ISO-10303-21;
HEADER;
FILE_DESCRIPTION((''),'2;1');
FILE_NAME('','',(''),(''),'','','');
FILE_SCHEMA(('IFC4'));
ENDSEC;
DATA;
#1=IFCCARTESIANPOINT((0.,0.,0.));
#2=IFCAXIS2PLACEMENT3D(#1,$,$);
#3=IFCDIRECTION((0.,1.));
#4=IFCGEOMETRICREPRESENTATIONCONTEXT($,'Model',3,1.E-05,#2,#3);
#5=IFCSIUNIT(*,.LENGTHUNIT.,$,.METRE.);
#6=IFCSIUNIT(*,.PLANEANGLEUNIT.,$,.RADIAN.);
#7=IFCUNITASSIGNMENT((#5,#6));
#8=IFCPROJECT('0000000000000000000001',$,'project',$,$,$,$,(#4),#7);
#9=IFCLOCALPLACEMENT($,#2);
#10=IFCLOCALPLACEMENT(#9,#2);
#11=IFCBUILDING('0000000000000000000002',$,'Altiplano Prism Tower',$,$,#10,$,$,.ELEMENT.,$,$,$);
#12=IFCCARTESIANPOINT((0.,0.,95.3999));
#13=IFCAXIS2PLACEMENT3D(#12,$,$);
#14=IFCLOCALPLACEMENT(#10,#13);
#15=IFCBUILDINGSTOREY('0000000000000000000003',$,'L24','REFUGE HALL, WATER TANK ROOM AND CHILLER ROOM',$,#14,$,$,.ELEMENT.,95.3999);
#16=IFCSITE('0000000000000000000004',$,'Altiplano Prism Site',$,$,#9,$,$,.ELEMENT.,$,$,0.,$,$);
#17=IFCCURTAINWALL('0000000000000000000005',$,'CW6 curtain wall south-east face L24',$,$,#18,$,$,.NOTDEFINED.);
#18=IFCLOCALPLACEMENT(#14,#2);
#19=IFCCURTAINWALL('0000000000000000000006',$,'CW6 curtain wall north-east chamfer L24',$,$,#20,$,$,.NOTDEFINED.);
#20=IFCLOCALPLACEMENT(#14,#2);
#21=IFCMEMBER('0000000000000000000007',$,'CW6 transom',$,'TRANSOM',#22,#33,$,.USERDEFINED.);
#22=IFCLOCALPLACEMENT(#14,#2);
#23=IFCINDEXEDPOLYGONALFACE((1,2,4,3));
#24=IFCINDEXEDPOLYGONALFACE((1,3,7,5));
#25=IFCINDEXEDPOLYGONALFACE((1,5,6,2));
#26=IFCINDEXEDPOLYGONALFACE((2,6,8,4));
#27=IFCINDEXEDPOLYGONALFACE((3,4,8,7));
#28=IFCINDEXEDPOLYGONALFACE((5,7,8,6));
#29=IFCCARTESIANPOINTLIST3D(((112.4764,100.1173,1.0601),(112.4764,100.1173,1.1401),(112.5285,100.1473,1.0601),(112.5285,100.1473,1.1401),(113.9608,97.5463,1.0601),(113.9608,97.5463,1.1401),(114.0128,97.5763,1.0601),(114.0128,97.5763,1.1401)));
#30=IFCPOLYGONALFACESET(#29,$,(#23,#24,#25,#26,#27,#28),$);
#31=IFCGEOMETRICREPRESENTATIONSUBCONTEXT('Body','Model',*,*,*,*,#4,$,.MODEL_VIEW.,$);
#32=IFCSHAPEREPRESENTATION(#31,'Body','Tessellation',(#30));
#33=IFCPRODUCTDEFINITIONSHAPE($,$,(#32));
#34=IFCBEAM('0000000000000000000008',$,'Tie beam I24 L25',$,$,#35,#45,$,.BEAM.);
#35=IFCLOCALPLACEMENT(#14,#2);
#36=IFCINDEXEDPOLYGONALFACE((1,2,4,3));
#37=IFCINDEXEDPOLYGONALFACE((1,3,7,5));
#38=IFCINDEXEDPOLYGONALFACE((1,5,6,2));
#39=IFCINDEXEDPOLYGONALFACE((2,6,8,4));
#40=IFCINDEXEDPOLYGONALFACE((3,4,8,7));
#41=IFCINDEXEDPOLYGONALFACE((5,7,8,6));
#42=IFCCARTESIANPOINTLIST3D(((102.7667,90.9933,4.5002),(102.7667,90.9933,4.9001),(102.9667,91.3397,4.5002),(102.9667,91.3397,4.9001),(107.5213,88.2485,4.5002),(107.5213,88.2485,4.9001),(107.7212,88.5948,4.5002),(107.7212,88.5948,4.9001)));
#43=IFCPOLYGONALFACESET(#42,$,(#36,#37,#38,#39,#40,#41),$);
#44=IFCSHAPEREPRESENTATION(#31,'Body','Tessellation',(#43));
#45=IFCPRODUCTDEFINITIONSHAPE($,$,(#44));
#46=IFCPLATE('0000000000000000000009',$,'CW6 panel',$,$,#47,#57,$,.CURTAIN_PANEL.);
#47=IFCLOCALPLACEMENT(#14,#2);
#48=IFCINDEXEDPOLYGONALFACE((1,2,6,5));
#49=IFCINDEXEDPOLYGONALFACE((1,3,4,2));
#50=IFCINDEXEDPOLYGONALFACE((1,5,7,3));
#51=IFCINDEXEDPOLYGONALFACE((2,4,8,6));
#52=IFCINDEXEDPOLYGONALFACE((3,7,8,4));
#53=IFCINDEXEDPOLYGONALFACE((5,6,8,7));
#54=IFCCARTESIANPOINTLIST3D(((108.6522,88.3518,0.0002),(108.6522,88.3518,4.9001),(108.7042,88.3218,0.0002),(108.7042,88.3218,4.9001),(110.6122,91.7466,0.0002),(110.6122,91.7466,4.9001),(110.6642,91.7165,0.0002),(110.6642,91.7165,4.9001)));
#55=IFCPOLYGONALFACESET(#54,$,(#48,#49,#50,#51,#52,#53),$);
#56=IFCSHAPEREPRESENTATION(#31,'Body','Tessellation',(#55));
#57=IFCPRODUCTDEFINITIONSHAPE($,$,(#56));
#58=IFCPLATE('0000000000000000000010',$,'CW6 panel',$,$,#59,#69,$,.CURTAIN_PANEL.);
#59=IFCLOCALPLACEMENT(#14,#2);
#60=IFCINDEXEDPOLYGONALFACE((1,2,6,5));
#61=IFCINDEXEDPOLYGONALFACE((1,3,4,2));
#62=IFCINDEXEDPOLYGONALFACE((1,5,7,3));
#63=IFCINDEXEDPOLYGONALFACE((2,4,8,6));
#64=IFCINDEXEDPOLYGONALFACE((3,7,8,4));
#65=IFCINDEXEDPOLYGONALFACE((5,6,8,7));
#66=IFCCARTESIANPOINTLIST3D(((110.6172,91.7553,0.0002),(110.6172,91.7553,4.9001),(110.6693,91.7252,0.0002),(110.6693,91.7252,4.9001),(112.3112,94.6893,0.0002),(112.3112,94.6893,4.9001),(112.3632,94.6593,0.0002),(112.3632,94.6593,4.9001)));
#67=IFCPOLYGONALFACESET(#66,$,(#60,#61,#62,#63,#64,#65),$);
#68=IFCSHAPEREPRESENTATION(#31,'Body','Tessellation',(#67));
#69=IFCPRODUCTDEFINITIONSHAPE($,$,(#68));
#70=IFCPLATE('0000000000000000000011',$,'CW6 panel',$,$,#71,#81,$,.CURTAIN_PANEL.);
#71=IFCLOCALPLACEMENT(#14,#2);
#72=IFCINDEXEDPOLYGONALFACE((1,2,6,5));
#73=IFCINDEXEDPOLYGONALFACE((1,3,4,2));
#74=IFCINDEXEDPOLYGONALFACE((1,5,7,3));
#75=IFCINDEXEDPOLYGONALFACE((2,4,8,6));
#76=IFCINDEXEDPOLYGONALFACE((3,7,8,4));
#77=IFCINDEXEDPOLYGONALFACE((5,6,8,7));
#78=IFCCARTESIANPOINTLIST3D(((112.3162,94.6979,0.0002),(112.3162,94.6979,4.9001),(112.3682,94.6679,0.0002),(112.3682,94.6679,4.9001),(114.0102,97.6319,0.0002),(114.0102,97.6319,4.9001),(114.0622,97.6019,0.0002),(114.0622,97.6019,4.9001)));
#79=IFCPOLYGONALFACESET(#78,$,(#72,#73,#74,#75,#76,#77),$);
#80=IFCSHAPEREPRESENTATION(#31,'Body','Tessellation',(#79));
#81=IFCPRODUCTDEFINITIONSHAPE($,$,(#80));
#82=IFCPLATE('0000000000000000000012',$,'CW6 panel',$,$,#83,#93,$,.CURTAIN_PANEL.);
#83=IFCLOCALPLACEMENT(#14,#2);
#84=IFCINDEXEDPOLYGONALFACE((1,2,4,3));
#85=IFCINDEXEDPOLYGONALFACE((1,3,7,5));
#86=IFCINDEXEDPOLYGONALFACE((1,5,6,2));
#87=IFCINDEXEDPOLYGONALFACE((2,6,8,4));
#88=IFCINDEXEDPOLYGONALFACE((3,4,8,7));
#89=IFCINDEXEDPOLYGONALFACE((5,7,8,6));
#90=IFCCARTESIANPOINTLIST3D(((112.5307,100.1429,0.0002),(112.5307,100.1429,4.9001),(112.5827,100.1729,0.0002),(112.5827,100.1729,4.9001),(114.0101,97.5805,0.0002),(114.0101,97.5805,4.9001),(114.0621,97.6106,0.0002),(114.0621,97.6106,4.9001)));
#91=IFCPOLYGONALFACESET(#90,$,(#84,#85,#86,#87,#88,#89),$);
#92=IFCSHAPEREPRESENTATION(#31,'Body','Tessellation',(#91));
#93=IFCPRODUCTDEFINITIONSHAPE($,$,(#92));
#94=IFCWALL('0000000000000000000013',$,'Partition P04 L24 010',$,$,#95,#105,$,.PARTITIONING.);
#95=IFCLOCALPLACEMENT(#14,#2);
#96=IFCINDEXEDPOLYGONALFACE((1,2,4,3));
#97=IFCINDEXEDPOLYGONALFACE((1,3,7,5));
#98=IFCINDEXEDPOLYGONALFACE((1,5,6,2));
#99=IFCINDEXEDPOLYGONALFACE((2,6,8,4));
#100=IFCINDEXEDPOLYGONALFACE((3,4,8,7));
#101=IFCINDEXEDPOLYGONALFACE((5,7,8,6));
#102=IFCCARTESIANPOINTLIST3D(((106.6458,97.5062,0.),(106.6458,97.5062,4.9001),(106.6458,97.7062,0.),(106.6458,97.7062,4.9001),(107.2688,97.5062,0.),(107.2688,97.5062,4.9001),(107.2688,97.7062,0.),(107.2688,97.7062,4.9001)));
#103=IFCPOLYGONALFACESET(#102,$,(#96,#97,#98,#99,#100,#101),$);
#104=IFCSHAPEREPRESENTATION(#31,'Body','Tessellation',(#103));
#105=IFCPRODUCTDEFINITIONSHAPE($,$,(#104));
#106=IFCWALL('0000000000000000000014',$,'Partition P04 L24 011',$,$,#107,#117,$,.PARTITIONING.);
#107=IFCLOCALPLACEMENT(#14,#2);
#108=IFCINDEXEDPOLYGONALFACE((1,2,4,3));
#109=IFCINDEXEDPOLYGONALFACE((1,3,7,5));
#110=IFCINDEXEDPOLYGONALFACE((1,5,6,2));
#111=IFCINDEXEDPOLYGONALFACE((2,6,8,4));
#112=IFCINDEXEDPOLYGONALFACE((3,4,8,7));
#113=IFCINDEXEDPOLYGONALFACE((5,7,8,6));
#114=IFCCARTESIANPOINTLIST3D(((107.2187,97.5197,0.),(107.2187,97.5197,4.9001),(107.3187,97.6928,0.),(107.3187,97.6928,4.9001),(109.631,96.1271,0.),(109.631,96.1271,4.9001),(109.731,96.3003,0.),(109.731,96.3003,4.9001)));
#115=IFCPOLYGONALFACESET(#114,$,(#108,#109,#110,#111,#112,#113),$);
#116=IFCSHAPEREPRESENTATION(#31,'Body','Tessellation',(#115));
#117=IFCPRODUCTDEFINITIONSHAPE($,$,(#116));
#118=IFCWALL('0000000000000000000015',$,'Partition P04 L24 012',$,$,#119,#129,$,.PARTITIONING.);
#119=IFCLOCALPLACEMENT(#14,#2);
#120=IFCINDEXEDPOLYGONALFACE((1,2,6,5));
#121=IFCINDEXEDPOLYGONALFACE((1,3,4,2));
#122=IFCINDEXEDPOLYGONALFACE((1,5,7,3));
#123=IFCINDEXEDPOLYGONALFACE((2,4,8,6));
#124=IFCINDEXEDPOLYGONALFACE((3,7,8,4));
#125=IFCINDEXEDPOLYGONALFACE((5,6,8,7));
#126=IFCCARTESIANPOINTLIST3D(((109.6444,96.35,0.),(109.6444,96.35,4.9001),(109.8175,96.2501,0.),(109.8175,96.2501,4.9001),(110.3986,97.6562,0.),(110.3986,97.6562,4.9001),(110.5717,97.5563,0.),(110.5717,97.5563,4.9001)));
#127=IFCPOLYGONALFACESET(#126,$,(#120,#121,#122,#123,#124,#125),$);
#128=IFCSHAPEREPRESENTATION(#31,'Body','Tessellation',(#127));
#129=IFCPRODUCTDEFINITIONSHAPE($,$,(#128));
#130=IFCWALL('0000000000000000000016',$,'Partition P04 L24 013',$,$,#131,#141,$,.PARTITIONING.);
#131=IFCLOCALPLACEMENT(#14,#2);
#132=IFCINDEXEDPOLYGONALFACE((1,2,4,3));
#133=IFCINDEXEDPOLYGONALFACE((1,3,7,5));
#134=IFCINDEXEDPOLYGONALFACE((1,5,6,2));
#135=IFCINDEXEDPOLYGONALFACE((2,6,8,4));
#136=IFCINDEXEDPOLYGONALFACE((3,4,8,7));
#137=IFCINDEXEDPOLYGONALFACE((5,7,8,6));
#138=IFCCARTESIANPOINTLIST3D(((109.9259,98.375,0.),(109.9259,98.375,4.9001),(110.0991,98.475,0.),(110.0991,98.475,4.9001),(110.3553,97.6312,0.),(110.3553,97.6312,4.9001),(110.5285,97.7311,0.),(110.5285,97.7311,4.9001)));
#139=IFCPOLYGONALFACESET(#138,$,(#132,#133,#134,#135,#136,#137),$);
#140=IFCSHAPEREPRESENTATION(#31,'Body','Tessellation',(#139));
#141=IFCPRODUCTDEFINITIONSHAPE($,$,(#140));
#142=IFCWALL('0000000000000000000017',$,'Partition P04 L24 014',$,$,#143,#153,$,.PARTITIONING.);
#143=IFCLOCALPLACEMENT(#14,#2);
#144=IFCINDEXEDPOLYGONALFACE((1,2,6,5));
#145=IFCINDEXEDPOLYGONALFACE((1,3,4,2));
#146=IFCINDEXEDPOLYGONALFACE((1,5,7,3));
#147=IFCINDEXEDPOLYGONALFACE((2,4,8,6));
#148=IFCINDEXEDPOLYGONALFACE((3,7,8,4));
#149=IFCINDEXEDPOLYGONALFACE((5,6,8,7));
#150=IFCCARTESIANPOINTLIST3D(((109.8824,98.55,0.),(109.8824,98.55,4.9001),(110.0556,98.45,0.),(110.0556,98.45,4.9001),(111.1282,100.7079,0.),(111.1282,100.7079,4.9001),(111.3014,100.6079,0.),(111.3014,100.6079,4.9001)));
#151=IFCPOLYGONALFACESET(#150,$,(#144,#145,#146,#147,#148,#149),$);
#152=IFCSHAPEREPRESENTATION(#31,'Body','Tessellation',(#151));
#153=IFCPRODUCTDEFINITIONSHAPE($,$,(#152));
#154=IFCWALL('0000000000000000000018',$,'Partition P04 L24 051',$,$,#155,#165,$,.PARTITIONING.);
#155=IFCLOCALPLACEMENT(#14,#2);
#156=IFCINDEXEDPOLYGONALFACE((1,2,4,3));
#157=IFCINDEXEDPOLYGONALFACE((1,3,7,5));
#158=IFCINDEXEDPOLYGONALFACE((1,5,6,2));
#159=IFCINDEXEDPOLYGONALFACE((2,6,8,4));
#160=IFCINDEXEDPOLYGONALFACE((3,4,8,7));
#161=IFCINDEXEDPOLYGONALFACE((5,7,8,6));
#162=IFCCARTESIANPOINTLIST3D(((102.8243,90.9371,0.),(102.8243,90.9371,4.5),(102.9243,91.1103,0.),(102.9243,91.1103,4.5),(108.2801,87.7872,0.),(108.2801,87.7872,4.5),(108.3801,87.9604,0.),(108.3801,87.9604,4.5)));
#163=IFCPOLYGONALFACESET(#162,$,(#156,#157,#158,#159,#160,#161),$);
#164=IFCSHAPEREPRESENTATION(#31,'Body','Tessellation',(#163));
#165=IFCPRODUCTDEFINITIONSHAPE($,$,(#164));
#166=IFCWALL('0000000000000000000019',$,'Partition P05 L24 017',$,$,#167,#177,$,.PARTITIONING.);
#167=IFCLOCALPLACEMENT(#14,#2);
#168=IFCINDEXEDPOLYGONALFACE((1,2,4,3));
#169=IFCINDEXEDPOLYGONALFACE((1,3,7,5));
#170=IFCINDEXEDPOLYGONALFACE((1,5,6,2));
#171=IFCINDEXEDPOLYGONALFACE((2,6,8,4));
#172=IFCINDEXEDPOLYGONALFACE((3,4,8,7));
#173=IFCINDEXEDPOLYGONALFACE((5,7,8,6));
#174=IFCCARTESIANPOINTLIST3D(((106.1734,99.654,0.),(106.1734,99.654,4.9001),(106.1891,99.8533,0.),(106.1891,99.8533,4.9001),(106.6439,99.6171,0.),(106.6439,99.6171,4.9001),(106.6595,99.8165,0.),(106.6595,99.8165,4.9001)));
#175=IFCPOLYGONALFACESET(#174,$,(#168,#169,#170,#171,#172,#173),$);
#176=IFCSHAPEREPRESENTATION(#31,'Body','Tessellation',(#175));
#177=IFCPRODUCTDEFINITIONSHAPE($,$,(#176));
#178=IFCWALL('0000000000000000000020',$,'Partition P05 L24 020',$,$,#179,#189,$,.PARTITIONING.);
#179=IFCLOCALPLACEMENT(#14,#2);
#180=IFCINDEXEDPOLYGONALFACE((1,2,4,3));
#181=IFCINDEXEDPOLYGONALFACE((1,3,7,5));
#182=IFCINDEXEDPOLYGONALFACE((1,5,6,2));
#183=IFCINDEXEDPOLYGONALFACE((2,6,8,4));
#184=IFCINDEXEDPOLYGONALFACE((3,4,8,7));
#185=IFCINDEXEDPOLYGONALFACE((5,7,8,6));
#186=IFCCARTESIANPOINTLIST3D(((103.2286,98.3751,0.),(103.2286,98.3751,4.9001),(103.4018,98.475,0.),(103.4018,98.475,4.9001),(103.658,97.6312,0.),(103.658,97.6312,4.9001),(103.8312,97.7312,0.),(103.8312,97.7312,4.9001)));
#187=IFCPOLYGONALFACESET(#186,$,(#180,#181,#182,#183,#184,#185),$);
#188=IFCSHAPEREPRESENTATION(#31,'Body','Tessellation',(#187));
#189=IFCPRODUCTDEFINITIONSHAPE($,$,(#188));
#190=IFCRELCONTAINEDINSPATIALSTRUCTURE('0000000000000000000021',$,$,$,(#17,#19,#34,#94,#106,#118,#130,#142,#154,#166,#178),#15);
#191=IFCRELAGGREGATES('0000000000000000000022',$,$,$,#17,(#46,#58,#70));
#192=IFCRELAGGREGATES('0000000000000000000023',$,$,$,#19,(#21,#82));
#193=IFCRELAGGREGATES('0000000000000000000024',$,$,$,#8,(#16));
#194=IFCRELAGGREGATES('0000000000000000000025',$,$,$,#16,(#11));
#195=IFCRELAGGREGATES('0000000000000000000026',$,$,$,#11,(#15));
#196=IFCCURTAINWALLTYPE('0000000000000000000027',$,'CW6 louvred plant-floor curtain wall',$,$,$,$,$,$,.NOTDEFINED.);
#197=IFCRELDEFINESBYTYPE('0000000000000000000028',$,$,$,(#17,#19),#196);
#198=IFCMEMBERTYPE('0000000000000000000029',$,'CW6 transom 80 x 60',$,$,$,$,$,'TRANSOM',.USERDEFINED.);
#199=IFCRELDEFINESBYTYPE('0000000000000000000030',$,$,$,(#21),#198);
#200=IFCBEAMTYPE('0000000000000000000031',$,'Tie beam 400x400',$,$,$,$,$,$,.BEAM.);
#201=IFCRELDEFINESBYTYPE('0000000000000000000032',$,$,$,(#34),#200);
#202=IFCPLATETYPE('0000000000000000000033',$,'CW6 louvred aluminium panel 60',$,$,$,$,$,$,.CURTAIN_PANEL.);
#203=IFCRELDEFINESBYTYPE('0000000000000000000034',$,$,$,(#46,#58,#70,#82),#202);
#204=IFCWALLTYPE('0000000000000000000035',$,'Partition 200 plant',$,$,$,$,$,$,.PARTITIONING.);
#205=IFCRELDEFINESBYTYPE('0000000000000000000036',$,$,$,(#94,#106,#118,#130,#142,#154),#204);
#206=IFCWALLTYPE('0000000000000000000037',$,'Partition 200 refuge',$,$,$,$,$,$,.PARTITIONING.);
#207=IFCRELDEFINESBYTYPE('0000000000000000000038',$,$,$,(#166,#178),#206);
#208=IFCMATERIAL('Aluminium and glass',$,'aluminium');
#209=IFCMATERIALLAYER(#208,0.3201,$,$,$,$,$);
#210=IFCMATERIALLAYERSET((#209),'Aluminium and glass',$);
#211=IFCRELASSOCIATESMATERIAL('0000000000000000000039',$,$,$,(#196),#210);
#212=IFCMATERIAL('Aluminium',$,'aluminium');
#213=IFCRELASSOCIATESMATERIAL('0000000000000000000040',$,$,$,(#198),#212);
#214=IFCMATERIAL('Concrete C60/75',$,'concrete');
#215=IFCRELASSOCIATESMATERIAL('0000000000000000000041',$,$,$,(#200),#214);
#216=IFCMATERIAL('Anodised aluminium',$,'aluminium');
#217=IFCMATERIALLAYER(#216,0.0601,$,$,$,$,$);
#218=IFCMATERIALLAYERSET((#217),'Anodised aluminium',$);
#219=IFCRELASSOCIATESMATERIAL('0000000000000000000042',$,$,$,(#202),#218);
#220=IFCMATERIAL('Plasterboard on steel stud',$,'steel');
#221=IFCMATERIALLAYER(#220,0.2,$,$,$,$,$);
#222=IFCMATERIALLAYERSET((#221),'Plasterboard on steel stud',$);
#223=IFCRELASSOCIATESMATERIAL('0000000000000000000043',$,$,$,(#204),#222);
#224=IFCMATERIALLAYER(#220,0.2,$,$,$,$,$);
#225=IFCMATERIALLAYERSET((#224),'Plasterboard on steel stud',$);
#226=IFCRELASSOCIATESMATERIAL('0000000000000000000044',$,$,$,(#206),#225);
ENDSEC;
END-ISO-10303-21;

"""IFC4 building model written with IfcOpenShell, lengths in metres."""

from ifc_helpers import new_model, si_unit, direction, frame, frame_2d, origin, origin_2d, place, context, subcontext, project, spatial, rectangle, extrude, material, layer, layer_set, material_profile, profile_set, type_object, element, aggregate, save


model = new_model("IFC4")

# Units and contexts
model_context = context("Model", 3, precision=1e-05, world=origin(), true_north=direction((0.0, 1.0)))
body_context = subcontext(model_context, "Body", "Model", "MODEL_VIEW")
ifc_project = project(units=[si_unit("LENGTHUNIT", "METRE"), si_unit("PLANEANGLEUNIT", "RADIAN")], contexts=[model_context])

# Site, building, storey
site_placement = place(None, origin())
site = spatial("IfcSite", under=ifc_project, at=site_placement, Name="Altiplano Prism Site", CompositionType="ELEMENT", RefElevation=0.0)
building_placement = place(site_placement, origin())
building = spatial("IfcBuilding", under=site, at=building_placement, Name="Altiplano Prism Tower", CompositionType="ELEMENT")
storey_placement = place(building_placement, frame((0.0, 0.0, 95.3999)))
storey = spatial("IfcBuildingStorey", under=building, at=storey_placement, Name="L24", Description="REFUGE HALL, WATER TANK ROOM AND CHILLER ROOM", CompositionType="ELEMENT", Elevation=95.3999)

# Shared definitions
ifc_material_1 = material(Name="Concrete C60/75", Category="concrete")

# Curtain wall
ifc_material_2 = material(Name="Aluminium and glass", Category="aluminium")
ifc_layer_1 = layer(ifc_material_2, 0.3201)
ifc_layer_set_1 = layer_set([ifc_layer_1], Name="Aluminium and glass")
curtain_wall_type = type_object("IfcCurtainWallType", Name="CW6 louvred plant-floor curtain wall", PredefinedType="NOTDEFINED", material=ifc_layer_set_1)
curtain_wall_1_placement = place(storey_placement, origin())
curtain_wall_1 = element("IfcCurtainWall", 1, at=curtain_wall_1_placement, inside=storey, type_object=curtain_wall_type, Name="CW6 curtain wall south-east face L24", PredefinedType="NOTDEFINED")
ifc_material_3 = material(Name="Aluminium", Category="aluminium")
ifc_material_profile_1 = material_profile(ifc_material_3, rectangle(XDim=0.0601, YDim=0.0801, at=origin_2d()), Name="CW6 transom 80 x 60")
ifc_profile_set_1 = profile_set([ifc_material_profile_1], Name="Aluminium")
member_type_1 = type_object("IfcMemberType", Name="CW6 transom 80 x 60", ElementType="TRANSOM", PredefinedType="USERDEFINED", material=ifc_profile_set_1)

# Curtain wall, member
curtain_wall_2_placement = place(storey_placement, origin())
curtain_wall_2 = element("IfcCurtainWall", 2, at=curtain_wall_2_placement, inside=storey, type_object=curtain_wall_type, Name="CW6 curtain wall north-east chamfer L24", PredefinedType="NOTDEFINED")
member_1_placement = place(storey_placement, frame((113.9868, 97.5613, 1.1001), z_axis=(-0.499995, 0.866028, 0.0), x_axis=(-0.866028, -0.499995, 0.0)))
member_1 = element("IfcMember", 3, at=member_1_placement, type_object=member_type_1, Name="CW6 transom", ObjectType="TRANSOM", PredefinedType="USERDEFINED", context=body_context, shape_type="SweptSolid", body=[
    extrude(rectangle(XDim=0.0601, YDim=0.0801, at=origin_2d()), origin(), (0.0, 0.0, 1.0), 2.9688),
])

# Beam
ifc_material_profile_2 = material_profile(ifc_material_1, rectangle(XDim=0.3999, YDim=0.3999, at=origin_2d()), Name="Tie beam 400x400")
ifc_profile_set_2 = profile_set([ifc_material_profile_2], Name="Concrete C60/75")
beam_type = type_object("IfcBeamType", Name="Tie beam 400x400", PredefinedType="BEAM", material=ifc_profile_set_2)
beam_placement = place(storey_placement, frame((102.8667, 91.1665, 4.7002), z_axis=(0.866043, -0.49997, 0.0), x_axis=(0.49997, 0.866043, 0.0)))
element("IfcBeam", 4, at=beam_placement, inside=storey, type_object=beam_type, Name="Tie beam I24 L25", PredefinedType="BEAM", context=body_context, shape_type="SweptSolid", body=[
    extrude(rectangle(XDim=0.3999, YDim=0.3999, at=origin_2d()), origin(), (0.0, 0.0, 1.0), 5.49),
])

# Plates
ifc_material_4 = material(Name="Anodised aluminium", Category="aluminium")
ifc_layer_2 = layer(ifc_material_4, 0.0601)
ifc_layer_set_2 = layer_set([ifc_layer_2], Name="Anodised aluminium")
plate_type = type_object("IfcPlateType", Name="CW6 louvred aluminium panel 60", PredefinedType="CURTAIN_PANEL", material=ifc_layer_set_2)
plate_1_placement = place(storey_placement, frame((109.6582, 90.0342, 0.0002), z_axis=(0.0, 0.0, 1.0), x_axis=(0.5, 0.866025, 0.0)))
plate_1 = element("IfcPlate", 5, at=plate_1_placement, type_object=plate_type, Name="CW6 panel", PredefinedType="CURTAIN_PANEL", context=body_context, shape_type="SweptSolid", body=[
    extrude(rectangle(XDim=3.9199, YDim=0.0601, at=origin_2d()), origin(), (0.0, 0.0, 1.0), 4.8999),
])
plate_2_placement = place(storey_placement, frame((111.4902, 93.2073, 0.0002), z_axis=(0.0, 0.0, 1.0), x_axis=(0.5, 0.866025, 0.0)))
plate_2 = element("IfcPlate", 6, at=plate_2_placement, type_object=plate_type, Name="CW6 panel", PredefinedType="CURTAIN_PANEL", context=body_context, shape_type="SweptSolid", body=[
    extrude(rectangle(XDim=3.3879, YDim=0.0601, at=origin_2d()), origin(), (0.0, 0.0, 1.0), 4.8999),
])
plate_3_placement = place(storey_placement, frame((113.1892, 96.1499, 0.0002), z_axis=(0.0, 0.0, 1.0), x_axis=(0.5, 0.866025, 0.0)))
plate_3 = element("IfcPlate", 7, at=plate_3_placement, type_object=plate_type, Name="CW6 panel", PredefinedType="CURTAIN_PANEL", context=body_context, shape_type="SweptSolid", body=[
    extrude(rectangle(XDim=3.3879, YDim=0.0601, at=origin_2d()), origin(), (0.0, 0.0, 1.0), 4.8999),
])
aggregate(curtain_wall_1, [plate_1, plate_2, plate_3])
plate_4_placement = place(storey_placement, frame((113.2964, 98.8767, 0.0002), z_axis=(0.0, 0.0, 1.0), x_axis=(-0.5, 0.866025, 0.0)))
plate_4 = element("IfcPlate", 8, at=plate_4_placement, type_object=plate_type, Name="CW6 panel", PredefinedType="CURTAIN_PANEL", context=body_context, shape_type="SweptSolid", body=[
    extrude(rectangle(XDim=2.9587, YDim=0.0601, at=origin_2d()), origin(), (0.0, 0.0, 1.0), 4.8999),
])
aggregate(curtain_wall_2, [member_1, plate_4])

# Walls
ifc_material_5 = material(Name="Plasterboard on steel stud", Category="steel")
ifc_layer_3 = layer(ifc_material_5, 0.2)
ifc_layer_set_3 = layer_set([ifc_layer_3], Name="Plasterboard on steel stud")
wall_type_1 = type_object("IfcWallType", Name="Partition 200 plant", PredefinedType="PARTITIONING", material=ifc_layer_set_3)
wall_1_placement = place(storey_placement, frame((106.6458, 97.6062, 0.0), z_axis=(0.0, 0.0, 1.0), x_axis=(1.0, 0.0, 0.0)))
element("IfcWall", 9, at=wall_1_placement, inside=storey, type_object=wall_type_1, Name="Partition P04 L24 010", PredefinedType="PARTITIONING", context=body_context, shape_type="SweptSolid", body=[
    extrude(rectangle(XDim=0.623, YDim=0.2, at=frame_2d((0.3115, 0.0))), origin(), (0.0, 0.0, 1.0), 4.9001),
])
wall_2_placement = place(storey_placement, frame((107.2688, 97.6062, 0.0), z_axis=(0.0, 0.0, 1.0), x_axis=(0.866056, -0.499948, 0.0)))
element("IfcWall", 10, at=wall_2_placement, inside=storey, type_object=wall_type_1, Name="Partition P04 L24 011", PredefinedType="PARTITIONING", context=body_context, shape_type="SweptSolid", body=[
    extrude(rectangle(XDim=2.7854, YDim=0.2, at=frame_2d((1.3926, 0.0))), origin(), (0.0, 0.0, 1.0), 4.9001),
])
wall_3_placement = place(storey_placement, frame((109.731, 96.3, 0.0), z_axis=(0.0, 0.0, 1.0), x_axis=(0.500021, 0.866013, 0.0)))
element("IfcWall", 11, at=wall_3_placement, inside=storey, type_object=wall_type_1, Name="Partition P04 L24 012", PredefinedType="PARTITIONING", context=body_context, shape_type="SweptSolid", body=[
    extrude(rectangle(XDim=1.5083, YDim=0.2, at=frame_2d((0.7542, 0.0))), origin(), (0.0, 0.0, 1.0), 4.9001),
])
wall_4_placement = place(storey_placement, frame((110.4419, 97.6812, 0.0), z_axis=(0.0, 0.0, 1.0), x_axis=(-0.49996, 0.866048, 0.0)))
element("IfcWall", 12, at=wall_4_placement, inside=storey, type_object=wall_type_1, Name="Partition P04 L24 013", PredefinedType="PARTITIONING", context=body_context, shape_type="SweptSolid", body=[
    extrude(rectangle(XDim=0.8589, YDim=0.2, at=frame_2d((0.4294, 0.0))), origin(), (0.0, 0.0, 1.0), 4.9001),
])
wall_5_placement = place(storey_placement, frame((109.969, 98.5, 0.0), z_axis=(0.0, 0.0, 1.0), x_axis=(0.499985, 0.866034, 0.0)))
element("IfcWall", 13, at=wall_5_placement, inside=storey, type_object=wall_type_1, Name="Partition P04 L24 014", PredefinedType="PARTITIONING", context=body_context, shape_type="SweptSolid", body=[
    extrude(rectangle(XDim=2.4917, YDim=0.2, at=frame_2d((1.2458, 0.0))), origin(), (0.0, 0.0, 1.0), 4.9001),
])
wall_6_placement = place(storey_placement, frame((108.3301, 87.8738, 0.0), z_axis=(0.0, 0.0, 1.0), x_axis=(-0.866026, 0.499999, 0.0)))
element("IfcWall", 14, at=wall_6_placement, inside=storey, type_object=wall_type_1, Name="Partition P04 L24 051", PredefinedType="PARTITIONING", context=body_context, shape_type="SweptSolid", body=[
    extrude(rectangle(XDim=6.2998, YDim=0.2, at=frame_2d((3.1499, 0.0))), origin(), (0.0, 0.0, 1.0), 4.5),
])
ifc_layer_4 = layer(ifc_material_5, 0.2)
ifc_layer_set_4 = layer_set([ifc_layer_4], Name="Plasterboard on steel stud")
wall_type_2 = type_object("IfcWallType", Name="Partition 200 refuge", PredefinedType="PARTITIONING", material=ifc_layer_set_4)
wall_7_placement = place(storey_placement, frame((106.6516, 99.7168, 0.0), z_axis=(0.0, 0.0, 1.0), x_axis=(-0.996944, 0.078121, 0.0)))
element("IfcWall", 15, at=wall_7_placement, inside=storey, type_object=wall_type_2, Name="Partition P05 L24 017", PredefinedType="PARTITIONING", context=body_context, shape_type="SweptSolid", body=[
    extrude(rectangle(XDim=0.4719, YDim=0.2, at=frame_2d((0.2358, 0.0))), origin(), (0.0, 0.0, 1.0), 4.9001),
])
wall_8_placement = place(storey_placement, frame((103.3152, 98.425, 0.0), z_axis=(0.0, 0.0, 1.0), x_axis=(0.49996, -0.866048, 0.0)))
element("IfcWall", 16, at=wall_8_placement, inside=storey, type_object=wall_type_2, Name="Partition P05 L24 020", PredefinedType="PARTITIONING", context=body_context, shape_type="SweptSolid", body=[
    extrude(rectangle(XDim=0.8589, YDim=0.2, at=frame_2d((0.4294, 0.0))), origin(), (0.0, 0.0, 1.0), 4.9001),
])

save(model, "model.ifc")
